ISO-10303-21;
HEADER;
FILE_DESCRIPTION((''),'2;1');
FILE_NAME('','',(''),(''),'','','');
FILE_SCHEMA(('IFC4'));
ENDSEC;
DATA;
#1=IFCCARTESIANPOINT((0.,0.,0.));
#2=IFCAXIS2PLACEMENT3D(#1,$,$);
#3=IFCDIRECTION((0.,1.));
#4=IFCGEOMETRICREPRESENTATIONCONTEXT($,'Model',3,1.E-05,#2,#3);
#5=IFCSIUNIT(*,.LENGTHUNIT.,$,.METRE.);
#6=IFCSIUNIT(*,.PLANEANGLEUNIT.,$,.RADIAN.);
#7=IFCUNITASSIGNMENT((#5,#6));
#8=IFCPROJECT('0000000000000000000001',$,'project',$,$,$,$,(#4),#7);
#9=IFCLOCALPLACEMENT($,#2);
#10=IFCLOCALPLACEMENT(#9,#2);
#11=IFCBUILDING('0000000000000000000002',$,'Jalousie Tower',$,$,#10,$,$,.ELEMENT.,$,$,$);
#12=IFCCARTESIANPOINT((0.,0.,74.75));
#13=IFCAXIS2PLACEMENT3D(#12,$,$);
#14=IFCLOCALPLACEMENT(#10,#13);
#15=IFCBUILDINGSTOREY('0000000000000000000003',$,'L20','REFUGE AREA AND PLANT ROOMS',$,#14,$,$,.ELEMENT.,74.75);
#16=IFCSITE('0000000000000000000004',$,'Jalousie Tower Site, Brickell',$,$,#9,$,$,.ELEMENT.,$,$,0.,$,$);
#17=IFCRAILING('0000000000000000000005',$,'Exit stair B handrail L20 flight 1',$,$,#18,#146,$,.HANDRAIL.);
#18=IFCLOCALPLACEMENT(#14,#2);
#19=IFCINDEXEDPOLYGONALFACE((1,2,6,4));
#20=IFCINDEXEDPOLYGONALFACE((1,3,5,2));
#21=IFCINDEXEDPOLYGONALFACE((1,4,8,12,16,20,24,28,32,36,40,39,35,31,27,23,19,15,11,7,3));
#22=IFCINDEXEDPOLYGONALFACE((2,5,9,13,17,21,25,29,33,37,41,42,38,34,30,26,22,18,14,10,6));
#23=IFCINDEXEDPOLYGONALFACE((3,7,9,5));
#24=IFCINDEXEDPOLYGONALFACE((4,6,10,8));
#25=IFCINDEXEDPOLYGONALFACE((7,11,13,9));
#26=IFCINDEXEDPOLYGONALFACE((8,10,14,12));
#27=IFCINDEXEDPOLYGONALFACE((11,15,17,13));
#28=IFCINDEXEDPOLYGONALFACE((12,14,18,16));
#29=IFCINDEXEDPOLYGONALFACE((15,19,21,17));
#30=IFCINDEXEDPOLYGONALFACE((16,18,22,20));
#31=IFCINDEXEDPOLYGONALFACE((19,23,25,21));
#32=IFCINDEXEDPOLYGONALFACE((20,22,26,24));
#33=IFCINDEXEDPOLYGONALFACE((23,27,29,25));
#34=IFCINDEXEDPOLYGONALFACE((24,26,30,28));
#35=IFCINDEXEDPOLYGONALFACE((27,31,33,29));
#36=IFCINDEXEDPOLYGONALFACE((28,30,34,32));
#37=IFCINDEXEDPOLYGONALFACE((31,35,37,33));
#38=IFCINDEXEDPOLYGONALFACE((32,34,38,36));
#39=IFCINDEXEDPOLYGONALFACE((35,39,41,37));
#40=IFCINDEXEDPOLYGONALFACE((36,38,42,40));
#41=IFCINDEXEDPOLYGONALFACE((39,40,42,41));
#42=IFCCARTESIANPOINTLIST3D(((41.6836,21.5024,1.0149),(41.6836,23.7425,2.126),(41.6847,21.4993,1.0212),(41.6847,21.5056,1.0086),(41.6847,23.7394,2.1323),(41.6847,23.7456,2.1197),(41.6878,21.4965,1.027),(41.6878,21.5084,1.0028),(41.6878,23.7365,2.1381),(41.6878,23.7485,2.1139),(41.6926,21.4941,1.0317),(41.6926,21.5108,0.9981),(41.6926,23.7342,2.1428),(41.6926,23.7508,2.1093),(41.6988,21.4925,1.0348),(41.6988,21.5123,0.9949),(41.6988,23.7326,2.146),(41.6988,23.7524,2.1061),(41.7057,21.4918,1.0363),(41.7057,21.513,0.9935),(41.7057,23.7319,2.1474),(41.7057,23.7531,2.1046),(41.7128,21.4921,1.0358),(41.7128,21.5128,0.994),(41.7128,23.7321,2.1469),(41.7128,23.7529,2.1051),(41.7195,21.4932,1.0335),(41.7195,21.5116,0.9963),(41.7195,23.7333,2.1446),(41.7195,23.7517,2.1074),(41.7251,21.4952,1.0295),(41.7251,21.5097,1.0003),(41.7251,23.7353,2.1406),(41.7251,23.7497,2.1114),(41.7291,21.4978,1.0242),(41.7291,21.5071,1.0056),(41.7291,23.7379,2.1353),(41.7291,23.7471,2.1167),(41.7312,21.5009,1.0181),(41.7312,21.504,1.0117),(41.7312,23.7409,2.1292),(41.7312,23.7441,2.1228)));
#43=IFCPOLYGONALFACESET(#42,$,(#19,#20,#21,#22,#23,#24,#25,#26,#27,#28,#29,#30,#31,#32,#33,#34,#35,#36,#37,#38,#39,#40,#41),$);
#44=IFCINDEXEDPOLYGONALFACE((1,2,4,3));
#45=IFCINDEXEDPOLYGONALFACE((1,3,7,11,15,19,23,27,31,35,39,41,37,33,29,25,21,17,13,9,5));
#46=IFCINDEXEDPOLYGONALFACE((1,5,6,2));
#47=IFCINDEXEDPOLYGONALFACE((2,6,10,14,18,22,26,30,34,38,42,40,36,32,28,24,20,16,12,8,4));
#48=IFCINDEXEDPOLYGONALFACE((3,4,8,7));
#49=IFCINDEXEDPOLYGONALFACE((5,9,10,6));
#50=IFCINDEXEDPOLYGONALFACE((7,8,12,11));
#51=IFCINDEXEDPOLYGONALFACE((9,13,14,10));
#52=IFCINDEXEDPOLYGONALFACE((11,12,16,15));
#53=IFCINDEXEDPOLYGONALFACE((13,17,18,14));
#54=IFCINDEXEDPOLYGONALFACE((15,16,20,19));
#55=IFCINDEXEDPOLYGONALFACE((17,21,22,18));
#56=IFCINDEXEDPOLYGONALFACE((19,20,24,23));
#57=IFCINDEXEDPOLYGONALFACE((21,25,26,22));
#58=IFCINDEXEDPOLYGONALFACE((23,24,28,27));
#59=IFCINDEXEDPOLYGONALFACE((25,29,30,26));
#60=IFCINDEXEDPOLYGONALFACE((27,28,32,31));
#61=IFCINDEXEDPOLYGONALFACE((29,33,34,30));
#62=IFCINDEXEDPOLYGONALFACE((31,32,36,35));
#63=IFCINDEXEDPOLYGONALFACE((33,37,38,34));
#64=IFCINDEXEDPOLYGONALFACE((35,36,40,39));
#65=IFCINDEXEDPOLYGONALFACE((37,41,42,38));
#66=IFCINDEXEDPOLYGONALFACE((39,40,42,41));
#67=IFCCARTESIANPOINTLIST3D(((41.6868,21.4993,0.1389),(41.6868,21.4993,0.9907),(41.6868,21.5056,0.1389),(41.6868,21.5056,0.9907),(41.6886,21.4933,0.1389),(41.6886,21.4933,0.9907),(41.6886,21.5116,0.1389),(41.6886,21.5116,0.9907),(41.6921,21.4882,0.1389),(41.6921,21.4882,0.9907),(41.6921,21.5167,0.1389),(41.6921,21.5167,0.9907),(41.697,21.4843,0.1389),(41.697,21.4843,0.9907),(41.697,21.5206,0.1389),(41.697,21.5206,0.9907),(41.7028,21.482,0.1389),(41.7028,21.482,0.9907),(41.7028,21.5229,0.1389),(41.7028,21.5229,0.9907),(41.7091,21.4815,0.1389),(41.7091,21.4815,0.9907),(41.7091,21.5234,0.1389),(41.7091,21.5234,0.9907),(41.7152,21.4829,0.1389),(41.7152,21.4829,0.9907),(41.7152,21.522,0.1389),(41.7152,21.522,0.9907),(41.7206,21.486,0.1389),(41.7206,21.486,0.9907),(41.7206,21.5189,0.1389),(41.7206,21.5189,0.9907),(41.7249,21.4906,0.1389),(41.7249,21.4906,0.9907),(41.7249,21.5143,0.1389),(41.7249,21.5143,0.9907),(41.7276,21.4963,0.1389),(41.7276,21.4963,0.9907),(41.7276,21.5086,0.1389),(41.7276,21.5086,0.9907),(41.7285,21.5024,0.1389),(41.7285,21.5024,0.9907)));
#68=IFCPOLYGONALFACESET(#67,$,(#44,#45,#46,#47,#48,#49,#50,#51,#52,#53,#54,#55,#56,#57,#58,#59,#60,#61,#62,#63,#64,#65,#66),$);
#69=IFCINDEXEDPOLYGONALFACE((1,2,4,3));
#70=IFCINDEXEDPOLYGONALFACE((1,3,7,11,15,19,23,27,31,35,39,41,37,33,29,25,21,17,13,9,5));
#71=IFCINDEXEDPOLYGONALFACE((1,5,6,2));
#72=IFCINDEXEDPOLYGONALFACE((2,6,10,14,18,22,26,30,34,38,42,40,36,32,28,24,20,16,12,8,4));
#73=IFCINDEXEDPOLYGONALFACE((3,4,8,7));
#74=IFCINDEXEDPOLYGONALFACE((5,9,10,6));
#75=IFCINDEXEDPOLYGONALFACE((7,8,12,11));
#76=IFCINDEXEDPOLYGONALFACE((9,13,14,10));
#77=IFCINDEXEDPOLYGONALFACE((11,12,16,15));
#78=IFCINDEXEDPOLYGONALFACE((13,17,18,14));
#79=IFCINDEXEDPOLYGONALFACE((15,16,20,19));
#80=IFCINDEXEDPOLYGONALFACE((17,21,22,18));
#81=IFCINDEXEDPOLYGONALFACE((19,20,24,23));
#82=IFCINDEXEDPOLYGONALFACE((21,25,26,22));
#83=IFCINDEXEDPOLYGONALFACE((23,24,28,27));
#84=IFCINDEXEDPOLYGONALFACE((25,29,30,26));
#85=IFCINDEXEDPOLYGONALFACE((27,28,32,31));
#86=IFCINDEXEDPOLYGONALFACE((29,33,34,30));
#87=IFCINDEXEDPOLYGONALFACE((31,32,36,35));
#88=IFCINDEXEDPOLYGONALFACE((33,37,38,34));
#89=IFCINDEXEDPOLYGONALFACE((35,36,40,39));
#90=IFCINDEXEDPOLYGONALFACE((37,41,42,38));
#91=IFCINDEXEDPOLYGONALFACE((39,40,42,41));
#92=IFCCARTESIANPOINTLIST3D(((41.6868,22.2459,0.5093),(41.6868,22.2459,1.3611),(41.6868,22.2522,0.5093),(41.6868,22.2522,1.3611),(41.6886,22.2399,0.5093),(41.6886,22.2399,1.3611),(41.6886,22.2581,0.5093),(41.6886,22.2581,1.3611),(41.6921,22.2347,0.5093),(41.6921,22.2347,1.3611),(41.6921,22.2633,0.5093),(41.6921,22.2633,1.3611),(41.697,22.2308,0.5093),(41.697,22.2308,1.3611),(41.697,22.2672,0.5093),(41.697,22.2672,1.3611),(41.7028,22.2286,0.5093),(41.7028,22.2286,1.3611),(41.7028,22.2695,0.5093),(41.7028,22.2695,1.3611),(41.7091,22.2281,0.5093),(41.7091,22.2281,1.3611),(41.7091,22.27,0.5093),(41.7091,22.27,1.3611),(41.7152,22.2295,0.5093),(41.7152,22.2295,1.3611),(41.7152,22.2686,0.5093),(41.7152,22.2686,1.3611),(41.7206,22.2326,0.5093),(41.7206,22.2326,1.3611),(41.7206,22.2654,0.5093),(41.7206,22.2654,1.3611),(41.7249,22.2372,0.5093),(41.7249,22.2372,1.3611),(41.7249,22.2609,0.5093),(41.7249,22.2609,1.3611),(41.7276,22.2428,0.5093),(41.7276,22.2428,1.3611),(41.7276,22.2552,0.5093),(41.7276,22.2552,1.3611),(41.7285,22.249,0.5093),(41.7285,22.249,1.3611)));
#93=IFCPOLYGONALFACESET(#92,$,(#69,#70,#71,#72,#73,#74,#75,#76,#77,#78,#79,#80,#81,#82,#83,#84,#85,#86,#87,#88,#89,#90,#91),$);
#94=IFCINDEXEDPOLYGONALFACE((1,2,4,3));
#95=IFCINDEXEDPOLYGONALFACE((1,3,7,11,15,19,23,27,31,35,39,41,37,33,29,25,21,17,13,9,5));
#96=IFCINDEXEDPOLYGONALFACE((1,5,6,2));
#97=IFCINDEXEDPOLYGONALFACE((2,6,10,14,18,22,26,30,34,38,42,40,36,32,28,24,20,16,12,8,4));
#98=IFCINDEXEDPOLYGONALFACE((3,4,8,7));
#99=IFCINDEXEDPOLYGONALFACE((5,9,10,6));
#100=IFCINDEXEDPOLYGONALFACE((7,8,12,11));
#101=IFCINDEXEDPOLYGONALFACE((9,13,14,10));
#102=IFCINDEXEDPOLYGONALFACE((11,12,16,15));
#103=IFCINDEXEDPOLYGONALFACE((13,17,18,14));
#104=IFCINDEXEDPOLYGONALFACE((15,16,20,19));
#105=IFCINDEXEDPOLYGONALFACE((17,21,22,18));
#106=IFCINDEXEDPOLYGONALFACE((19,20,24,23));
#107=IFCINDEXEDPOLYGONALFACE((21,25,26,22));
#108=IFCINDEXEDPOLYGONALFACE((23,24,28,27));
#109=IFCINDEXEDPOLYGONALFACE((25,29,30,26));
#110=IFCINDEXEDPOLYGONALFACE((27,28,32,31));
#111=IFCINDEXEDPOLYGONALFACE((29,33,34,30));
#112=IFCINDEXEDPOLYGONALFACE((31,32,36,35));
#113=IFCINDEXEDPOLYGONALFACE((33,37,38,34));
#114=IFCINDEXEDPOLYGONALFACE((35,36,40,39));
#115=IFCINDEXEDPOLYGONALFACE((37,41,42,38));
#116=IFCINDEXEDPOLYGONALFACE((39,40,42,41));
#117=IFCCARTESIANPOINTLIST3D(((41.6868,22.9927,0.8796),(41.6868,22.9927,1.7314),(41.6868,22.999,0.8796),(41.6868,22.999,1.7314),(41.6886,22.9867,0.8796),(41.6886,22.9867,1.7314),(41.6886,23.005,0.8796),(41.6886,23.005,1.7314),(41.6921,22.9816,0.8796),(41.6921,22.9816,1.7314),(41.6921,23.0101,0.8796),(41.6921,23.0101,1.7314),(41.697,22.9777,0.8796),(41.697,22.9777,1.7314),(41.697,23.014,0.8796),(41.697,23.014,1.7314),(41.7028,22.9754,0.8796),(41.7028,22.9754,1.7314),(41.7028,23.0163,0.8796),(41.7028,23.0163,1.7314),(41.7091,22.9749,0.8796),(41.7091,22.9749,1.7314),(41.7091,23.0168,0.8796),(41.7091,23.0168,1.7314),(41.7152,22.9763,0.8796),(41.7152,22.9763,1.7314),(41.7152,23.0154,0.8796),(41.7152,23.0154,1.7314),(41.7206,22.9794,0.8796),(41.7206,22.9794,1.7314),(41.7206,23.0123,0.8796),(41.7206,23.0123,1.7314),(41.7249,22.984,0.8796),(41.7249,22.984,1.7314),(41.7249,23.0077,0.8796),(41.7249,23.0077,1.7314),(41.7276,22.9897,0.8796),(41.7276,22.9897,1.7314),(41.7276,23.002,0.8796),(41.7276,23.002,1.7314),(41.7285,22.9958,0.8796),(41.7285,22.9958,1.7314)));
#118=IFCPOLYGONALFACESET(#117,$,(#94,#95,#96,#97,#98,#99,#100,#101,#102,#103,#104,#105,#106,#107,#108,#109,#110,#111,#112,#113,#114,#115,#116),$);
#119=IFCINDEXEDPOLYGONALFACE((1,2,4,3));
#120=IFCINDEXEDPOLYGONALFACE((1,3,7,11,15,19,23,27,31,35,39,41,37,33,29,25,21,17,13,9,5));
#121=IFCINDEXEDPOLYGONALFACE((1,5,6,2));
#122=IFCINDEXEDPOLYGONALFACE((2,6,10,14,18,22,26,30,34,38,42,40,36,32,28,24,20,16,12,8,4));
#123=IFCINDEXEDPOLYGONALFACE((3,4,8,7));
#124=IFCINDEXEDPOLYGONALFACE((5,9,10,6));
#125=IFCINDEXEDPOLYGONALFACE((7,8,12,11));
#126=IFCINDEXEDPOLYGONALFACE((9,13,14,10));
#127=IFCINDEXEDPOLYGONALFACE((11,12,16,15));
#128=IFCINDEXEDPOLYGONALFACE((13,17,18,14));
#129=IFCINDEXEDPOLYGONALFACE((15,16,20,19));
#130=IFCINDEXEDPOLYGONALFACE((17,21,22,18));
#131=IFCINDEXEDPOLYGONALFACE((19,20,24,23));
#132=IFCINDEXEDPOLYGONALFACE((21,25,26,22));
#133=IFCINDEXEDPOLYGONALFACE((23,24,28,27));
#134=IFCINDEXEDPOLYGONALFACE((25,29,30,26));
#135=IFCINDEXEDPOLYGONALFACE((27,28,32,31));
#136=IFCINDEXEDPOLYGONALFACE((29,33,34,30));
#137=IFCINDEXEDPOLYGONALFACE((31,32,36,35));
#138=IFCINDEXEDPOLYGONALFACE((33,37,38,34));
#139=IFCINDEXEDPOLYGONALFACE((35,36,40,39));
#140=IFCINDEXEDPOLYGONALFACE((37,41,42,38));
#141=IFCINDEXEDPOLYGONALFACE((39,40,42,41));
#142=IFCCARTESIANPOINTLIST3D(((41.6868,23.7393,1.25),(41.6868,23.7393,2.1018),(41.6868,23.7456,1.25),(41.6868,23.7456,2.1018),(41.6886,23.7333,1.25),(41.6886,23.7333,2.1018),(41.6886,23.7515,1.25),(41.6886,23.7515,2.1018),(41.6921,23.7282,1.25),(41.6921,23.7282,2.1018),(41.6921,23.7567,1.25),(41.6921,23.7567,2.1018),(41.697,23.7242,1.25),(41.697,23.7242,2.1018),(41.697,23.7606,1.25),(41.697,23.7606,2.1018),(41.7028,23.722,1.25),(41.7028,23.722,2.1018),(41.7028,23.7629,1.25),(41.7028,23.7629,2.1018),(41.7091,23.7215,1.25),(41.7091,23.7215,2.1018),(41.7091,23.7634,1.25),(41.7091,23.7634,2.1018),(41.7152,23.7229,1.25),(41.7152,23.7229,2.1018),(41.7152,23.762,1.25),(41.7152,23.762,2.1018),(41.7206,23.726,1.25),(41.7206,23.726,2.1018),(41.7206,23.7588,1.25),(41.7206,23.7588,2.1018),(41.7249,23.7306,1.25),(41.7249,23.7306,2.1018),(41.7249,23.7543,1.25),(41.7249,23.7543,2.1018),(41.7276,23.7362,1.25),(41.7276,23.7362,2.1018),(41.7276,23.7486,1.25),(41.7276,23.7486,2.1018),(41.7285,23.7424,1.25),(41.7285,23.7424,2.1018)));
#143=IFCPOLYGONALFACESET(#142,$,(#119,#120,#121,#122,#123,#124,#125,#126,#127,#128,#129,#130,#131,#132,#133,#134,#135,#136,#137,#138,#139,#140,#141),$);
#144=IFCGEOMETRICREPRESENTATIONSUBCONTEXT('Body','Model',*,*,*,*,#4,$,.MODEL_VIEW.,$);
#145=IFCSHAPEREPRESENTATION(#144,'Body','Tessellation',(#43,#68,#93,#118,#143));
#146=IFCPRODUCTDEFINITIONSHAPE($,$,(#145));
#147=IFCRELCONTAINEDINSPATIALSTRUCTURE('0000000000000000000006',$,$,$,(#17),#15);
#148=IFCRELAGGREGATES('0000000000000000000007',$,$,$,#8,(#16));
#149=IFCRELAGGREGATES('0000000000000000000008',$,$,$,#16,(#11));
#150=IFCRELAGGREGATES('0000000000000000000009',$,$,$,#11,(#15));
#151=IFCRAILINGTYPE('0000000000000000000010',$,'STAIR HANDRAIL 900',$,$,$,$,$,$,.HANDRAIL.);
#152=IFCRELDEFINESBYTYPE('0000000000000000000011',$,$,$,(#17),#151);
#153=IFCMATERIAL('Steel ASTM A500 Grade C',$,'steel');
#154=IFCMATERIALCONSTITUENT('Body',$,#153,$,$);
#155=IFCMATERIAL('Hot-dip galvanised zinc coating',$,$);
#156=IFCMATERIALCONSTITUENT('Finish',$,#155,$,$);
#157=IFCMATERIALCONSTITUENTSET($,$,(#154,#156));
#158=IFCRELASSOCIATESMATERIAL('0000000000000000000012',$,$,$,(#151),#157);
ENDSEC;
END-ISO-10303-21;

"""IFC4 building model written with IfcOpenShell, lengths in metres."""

from ifc_helpers import new_model, si_unit, direction, frame, origin, origin_2d, place, context, subcontext, project, spatial, circle, extrude, material, constituent, constituent_set, type_object, element, save


model = new_model("IFC4")

# Units and contexts
model_context = context("Model", 3, precision=1e-05, world=origin(), true_north=direction((0.0, 1.0)))
body_context = subcontext(model_context, "Body", "Model", "MODEL_VIEW")
ifc_project = project(units=[si_unit("LENGTHUNIT", "METRE"), si_unit("PLANEANGLEUNIT", "RADIAN")], contexts=[model_context])

# Site, building, storey
site_placement = place(None, origin())
site = spatial("IfcSite", under=ifc_project, at=site_placement, Name="Jalousie Tower Site, Brickell", CompositionType="ELEMENT", RefElevation=0.0)
building_placement = place(site_placement, origin())
building = spatial("IfcBuilding", under=site, at=building_placement, Name="Jalousie Tower", CompositionType="ELEMENT")
storey_placement = place(building_placement, frame((0.0, 0.0, 74.75)))
storey = spatial("IfcBuildingStorey", under=building, at=storey_placement, Name="L20", Description="REFUGE AREA AND PLANT ROOMS", CompositionType="ELEMENT", Elevation=74.75)

# Railing
ifc_material_1 = material(Name="Steel ASTM A500 Grade C", Category="steel")
ifc_constituent_1 = constituent(ifc_material_1, Name="Body")
ifc_material_2 = material(Name="Hot-dip galvanised zinc coating")
ifc_constituent_2 = constituent(ifc_material_2, Name="Finish")
ifc_constituent_set_1 = constituent_set(constituents=[ifc_constituent_1, ifc_constituent_2])
railing_type_1 = type_object("IfcRailingType", Name="STAIR HANDRAIL 900", PredefinedType="HANDRAIL", material=ifc_constituent_set_1)
railing_1_placement = place(storey_placement, frame((41.7075, 21.5024, 0.1389)))
element("IfcRailing", 1, at=railing_1_placement, inside=storey, type_object=railing_type_1, Name="Exit stair B handrail L20 flight 1", PredefinedType="HANDRAIL", context=body_context, shape_type="SweptSolid", body=[
    extrude(circle(Radius=0.0239, at=origin_2d()), frame((0.0, 0.0, 0.876), z_axis=(0.0, 0.895848, 0.44436), x_axis=(-1.0, 0.0, 0.0)), (0.0, 0.0, 1.0), 2.5005),
    extrude(circle(Radius=0.021, at=origin_2d()), origin(), (0.0, 0.0, 1.0), 0.8518),
    extrude(circle(Radius=0.021, at=origin_2d()), frame((0.0, 0.7466, 0.3704)), (0.0, 0.0, 1.0), 0.8518),
    extrude(circle(Radius=0.021, at=origin_2d()), frame((0.0, 1.4934, 0.7407)), (0.0, 0.0, 1.0), 0.8518),
    extrude(circle(Radius=0.021, at=origin_2d()), frame((0.0, 2.24, 1.1111)), (0.0, 0.0, 1.0), 0.8518),
])

save(model, "model.ifc")
